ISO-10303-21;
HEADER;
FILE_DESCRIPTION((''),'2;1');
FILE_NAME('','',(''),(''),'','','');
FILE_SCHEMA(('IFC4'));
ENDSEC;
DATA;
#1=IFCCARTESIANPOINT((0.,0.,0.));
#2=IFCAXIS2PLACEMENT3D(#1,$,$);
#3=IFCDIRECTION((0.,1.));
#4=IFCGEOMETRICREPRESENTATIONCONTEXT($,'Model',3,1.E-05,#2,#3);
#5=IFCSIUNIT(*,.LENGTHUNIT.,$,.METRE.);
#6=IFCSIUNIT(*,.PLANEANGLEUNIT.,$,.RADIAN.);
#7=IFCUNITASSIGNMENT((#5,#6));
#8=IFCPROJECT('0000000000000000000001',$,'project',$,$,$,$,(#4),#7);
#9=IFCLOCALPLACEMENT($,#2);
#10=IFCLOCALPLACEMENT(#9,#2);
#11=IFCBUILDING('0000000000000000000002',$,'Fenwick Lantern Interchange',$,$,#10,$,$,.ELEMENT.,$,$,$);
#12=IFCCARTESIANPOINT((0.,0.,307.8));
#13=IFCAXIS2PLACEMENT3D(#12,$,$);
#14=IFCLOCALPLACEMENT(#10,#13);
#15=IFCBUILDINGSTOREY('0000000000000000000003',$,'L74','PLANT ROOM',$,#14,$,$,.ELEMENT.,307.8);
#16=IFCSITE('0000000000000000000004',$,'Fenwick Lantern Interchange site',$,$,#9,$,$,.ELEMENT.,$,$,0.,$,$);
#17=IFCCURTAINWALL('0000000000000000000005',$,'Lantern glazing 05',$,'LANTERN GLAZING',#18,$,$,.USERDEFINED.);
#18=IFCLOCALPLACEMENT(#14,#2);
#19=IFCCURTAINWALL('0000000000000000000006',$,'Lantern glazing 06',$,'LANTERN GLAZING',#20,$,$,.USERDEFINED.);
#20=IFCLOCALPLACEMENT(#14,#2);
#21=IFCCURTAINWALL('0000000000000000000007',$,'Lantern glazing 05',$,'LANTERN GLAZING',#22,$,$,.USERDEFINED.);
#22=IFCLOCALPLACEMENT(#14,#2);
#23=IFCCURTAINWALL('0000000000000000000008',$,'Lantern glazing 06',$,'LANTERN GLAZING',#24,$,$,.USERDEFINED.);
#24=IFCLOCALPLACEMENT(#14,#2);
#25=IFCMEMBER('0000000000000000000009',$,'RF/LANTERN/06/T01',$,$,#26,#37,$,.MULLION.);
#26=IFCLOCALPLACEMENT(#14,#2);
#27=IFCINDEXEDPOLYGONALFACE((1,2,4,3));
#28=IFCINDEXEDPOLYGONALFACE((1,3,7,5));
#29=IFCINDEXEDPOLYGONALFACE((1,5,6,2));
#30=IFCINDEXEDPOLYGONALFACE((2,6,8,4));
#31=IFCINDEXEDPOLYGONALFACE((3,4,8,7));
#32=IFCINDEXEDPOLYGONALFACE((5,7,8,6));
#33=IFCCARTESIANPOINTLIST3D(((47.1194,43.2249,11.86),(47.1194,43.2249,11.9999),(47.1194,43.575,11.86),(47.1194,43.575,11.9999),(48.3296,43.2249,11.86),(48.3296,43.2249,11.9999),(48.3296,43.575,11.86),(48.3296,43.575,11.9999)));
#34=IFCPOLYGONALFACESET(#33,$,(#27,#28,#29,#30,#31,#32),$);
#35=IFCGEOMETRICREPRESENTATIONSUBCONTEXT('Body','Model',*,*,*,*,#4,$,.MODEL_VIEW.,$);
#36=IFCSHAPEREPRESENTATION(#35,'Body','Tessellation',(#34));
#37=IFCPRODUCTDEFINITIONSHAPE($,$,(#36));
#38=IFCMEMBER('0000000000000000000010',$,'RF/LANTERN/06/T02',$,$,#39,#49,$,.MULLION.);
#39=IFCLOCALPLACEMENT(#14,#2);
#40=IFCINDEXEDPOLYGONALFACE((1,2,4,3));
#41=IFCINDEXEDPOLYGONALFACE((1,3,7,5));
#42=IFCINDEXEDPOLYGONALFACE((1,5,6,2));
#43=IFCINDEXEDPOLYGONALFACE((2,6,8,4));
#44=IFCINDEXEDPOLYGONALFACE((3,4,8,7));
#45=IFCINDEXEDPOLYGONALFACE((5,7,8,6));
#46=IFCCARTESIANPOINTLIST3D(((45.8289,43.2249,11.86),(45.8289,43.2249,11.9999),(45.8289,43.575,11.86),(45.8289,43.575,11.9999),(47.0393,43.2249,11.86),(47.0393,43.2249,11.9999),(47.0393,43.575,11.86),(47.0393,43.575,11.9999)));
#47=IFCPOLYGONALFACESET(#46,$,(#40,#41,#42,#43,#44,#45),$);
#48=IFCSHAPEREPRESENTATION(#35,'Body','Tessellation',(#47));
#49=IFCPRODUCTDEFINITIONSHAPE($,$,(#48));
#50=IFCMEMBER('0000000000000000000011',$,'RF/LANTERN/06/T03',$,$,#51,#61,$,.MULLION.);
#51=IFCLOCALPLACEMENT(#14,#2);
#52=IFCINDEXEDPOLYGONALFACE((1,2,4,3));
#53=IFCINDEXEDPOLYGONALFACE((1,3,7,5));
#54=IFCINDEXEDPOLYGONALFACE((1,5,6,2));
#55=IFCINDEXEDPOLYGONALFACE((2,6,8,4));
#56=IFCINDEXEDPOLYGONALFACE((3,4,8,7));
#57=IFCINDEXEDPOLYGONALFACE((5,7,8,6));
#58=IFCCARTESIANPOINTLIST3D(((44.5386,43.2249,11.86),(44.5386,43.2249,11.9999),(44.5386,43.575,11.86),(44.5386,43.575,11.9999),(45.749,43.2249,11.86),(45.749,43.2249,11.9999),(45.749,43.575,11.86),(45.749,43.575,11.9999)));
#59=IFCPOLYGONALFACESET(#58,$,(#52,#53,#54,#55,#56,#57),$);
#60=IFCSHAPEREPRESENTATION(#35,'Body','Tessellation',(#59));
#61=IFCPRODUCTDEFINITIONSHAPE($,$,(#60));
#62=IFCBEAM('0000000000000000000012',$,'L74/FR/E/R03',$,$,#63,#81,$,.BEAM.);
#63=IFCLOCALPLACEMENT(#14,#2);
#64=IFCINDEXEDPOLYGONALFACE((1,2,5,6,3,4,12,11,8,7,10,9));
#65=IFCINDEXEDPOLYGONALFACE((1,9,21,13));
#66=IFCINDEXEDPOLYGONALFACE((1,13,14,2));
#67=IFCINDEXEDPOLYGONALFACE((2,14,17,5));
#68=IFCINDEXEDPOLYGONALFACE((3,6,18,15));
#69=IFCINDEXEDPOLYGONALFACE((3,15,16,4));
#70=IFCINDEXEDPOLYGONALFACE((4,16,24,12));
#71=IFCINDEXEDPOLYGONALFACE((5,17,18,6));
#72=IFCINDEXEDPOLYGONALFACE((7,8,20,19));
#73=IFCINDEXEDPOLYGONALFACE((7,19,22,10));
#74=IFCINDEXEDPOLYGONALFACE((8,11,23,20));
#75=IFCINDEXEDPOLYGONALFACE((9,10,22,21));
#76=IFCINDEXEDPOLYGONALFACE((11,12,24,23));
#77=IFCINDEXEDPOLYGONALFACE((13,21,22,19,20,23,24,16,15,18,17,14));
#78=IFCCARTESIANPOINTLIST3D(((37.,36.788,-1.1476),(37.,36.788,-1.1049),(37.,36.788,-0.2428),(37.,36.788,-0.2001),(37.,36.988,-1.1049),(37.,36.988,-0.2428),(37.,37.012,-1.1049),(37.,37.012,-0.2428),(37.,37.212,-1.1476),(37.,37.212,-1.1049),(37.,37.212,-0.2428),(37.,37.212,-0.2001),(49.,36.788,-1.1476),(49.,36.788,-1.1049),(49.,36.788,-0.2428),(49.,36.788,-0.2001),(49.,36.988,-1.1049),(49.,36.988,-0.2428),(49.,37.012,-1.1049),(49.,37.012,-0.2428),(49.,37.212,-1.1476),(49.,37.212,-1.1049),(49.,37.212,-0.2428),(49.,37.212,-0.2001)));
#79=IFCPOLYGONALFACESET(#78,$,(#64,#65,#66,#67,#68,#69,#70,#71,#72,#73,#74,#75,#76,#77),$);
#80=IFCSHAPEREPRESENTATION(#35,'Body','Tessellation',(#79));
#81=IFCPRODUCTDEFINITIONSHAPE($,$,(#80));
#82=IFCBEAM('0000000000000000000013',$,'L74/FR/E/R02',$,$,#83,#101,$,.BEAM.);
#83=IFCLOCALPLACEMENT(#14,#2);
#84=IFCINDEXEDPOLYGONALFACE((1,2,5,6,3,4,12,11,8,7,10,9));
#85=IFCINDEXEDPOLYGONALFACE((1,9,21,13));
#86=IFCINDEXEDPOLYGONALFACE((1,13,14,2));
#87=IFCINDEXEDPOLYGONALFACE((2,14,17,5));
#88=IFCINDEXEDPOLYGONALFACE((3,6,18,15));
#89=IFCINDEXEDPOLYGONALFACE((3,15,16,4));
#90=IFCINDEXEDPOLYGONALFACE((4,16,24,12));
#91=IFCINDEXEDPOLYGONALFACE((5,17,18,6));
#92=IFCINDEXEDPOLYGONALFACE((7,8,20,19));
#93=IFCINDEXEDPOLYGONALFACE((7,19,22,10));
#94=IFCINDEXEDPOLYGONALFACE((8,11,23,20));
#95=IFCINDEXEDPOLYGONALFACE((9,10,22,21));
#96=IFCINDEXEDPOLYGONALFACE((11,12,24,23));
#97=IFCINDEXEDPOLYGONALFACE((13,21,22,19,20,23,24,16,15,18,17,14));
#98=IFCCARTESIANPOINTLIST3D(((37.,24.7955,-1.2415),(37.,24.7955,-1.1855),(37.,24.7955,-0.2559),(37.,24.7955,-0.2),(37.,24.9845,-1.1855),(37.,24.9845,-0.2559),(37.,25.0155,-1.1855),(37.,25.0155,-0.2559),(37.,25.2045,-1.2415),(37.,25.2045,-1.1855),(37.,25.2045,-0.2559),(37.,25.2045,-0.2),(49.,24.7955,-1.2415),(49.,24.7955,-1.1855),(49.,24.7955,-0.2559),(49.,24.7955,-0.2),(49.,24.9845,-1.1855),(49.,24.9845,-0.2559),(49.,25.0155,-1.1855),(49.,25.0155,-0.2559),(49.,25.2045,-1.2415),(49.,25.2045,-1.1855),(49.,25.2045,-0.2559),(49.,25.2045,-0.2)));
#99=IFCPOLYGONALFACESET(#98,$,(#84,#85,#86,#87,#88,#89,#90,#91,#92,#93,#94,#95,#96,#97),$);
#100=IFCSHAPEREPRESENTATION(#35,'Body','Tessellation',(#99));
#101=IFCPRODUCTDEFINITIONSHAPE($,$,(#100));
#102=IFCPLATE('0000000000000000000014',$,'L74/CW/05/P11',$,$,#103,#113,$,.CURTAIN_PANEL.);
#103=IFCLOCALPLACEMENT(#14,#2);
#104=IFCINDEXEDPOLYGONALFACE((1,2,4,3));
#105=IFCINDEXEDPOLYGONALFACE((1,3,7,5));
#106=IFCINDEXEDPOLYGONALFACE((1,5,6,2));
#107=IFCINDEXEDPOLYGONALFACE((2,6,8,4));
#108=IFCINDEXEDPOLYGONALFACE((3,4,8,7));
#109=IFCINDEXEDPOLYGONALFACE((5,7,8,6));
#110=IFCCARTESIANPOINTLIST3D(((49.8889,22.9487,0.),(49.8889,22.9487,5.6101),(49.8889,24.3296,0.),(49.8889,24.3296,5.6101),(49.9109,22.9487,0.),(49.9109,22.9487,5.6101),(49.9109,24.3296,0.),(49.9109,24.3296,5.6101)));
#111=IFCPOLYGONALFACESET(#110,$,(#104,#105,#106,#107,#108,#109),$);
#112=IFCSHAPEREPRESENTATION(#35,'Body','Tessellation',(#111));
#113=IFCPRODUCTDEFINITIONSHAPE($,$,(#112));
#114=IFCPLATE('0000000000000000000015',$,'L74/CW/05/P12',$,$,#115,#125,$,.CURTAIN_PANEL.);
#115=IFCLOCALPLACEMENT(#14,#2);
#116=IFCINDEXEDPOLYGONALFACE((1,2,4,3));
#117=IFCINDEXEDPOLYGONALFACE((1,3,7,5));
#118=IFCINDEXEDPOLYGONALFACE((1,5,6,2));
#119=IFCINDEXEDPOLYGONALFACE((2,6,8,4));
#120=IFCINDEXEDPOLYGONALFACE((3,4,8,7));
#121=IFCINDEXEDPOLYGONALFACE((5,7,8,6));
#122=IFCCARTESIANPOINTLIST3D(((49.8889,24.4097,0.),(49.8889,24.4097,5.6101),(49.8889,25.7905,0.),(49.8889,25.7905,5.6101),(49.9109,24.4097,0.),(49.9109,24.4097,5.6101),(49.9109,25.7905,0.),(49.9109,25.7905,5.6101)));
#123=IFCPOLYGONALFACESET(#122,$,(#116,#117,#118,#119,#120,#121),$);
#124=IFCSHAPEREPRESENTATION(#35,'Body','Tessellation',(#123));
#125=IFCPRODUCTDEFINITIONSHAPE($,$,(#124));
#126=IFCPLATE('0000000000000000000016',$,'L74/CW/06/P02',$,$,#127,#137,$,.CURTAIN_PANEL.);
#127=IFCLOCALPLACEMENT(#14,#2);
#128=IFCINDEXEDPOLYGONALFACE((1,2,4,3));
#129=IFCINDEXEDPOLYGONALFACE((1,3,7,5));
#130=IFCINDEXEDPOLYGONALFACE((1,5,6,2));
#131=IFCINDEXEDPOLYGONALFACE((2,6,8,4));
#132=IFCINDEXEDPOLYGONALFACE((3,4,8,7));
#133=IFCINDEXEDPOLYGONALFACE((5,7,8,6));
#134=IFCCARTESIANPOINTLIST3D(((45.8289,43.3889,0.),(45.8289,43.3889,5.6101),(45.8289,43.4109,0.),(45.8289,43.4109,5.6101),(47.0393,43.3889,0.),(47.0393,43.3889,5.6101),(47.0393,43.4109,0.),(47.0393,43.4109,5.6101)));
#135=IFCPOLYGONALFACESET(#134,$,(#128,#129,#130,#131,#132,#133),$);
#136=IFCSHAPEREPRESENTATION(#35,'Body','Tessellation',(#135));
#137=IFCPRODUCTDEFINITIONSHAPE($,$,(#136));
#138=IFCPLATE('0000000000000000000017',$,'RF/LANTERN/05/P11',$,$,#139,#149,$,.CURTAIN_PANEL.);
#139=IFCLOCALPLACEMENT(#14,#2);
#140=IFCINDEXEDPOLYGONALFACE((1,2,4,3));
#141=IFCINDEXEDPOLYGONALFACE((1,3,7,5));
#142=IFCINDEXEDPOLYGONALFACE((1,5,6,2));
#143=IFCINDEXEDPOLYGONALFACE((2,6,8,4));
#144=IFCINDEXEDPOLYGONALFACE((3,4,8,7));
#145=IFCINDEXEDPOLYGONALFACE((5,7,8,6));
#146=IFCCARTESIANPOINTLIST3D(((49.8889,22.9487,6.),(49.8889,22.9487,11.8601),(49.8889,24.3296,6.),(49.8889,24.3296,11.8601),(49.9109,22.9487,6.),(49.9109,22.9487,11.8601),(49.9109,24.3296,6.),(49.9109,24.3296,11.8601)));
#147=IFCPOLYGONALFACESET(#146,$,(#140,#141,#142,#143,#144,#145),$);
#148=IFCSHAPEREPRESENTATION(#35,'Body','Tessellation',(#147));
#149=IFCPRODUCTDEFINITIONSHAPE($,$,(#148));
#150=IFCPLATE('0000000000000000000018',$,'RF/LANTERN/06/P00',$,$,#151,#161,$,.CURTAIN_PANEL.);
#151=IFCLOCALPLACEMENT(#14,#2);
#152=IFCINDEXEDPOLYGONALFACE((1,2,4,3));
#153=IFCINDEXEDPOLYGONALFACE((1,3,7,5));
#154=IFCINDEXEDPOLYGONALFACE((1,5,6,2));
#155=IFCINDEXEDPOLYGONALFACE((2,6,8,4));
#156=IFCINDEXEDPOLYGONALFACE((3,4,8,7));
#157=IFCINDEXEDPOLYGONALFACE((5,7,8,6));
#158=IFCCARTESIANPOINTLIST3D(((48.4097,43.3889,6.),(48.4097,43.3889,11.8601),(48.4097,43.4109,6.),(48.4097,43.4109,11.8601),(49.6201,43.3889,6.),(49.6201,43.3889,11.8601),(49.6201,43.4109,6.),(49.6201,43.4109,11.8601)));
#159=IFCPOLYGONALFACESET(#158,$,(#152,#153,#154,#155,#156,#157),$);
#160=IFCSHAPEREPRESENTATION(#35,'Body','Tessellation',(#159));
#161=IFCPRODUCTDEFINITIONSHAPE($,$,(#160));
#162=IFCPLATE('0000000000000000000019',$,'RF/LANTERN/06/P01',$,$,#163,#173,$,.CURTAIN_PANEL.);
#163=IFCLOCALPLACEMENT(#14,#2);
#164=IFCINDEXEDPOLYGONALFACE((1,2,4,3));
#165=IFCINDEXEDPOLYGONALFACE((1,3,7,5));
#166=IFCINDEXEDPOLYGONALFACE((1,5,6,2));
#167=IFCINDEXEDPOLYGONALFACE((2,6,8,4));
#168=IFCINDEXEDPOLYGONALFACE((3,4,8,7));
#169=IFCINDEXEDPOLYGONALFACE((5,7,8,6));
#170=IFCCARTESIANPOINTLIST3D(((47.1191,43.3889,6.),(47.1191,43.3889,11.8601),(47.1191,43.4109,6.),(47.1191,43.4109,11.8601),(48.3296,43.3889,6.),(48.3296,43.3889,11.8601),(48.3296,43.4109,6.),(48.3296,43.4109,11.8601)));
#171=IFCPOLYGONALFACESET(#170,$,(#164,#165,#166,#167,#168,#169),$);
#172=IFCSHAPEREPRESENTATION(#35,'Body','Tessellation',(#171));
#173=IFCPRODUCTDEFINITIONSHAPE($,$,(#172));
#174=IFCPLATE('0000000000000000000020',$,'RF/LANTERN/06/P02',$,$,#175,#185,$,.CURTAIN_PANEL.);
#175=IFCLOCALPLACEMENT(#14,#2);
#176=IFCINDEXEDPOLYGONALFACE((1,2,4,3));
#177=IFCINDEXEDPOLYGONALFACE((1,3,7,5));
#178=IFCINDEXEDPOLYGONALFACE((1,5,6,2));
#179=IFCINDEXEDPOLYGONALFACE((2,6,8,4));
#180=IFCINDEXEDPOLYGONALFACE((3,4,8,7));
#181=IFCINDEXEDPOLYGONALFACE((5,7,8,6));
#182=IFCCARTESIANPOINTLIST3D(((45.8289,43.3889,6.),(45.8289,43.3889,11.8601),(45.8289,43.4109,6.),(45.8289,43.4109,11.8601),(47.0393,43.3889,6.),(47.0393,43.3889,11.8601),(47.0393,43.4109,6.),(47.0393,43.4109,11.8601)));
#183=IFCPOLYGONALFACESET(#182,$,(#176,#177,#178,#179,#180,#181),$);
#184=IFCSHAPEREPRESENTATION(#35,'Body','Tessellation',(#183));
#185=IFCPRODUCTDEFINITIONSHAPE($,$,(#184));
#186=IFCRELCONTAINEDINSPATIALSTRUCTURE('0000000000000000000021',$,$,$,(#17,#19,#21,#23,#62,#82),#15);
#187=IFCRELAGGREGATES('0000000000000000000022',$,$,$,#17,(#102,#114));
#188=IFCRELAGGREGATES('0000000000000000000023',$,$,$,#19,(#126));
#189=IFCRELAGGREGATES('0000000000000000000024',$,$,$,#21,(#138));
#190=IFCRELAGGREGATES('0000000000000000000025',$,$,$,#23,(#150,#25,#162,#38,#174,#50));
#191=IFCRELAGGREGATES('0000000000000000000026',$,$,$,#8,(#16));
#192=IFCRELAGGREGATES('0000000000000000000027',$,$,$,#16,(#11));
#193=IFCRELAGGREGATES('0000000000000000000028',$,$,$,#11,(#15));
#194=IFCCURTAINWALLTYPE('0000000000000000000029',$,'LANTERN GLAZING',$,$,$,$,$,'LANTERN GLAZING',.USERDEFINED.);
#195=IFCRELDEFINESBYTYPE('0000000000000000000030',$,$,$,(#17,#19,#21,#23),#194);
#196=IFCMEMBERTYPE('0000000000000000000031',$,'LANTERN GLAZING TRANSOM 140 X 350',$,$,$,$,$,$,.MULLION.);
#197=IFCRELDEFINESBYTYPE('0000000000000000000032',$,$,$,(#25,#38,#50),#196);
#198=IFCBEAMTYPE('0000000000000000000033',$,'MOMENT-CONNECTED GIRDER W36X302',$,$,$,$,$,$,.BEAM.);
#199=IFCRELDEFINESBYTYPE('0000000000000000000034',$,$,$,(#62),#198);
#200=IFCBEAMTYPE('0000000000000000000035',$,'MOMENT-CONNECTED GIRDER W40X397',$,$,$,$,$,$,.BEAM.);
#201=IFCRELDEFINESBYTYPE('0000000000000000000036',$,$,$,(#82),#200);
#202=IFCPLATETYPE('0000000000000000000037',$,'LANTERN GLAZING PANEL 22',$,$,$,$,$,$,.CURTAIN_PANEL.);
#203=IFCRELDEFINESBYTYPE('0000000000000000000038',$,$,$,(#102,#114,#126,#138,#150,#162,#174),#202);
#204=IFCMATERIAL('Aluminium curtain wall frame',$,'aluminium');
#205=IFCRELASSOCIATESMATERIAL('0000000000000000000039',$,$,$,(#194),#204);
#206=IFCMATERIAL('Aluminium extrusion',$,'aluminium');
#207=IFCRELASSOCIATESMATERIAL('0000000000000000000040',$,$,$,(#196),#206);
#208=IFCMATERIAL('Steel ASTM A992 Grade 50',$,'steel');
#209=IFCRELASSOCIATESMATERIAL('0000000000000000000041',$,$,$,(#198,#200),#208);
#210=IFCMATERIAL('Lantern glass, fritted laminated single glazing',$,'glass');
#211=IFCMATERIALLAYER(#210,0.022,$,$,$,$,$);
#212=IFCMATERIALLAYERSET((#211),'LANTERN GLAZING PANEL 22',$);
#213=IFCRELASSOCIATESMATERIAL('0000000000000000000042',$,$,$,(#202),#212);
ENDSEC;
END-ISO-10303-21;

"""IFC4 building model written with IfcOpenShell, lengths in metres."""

from ifc_helpers import new_model, si_unit, direction, frame, origin, origin_2d, place, context, subcontext, project, spatial, rectangle, i_section, extrude, material, layer, layer_set, material_profile, profile_set, type_object, element, aggregate, save


model = new_model("IFC4")

# Units and contexts
model_context = context("Model", 3, precision=1e-05, world=origin(), true_north=direction((0.0, 1.0)))
body_context = subcontext(model_context, "Body", "Model", "MODEL_VIEW")
ifc_project = project(units=[si_unit("LENGTHUNIT", "METRE"), si_unit("PLANEANGLEUNIT", "RADIAN")], contexts=[model_context])

# Site, building, storey
site_placement = place(None, origin())
site = spatial("IfcSite", under=ifc_project, at=site_placement, Name="Fenwick Lantern Interchange site", CompositionType="ELEMENT", RefElevation=0.0)
building_placement = place(site_placement, origin())
building = spatial("IfcBuilding", under=site, at=building_placement, Name="Fenwick Lantern Interchange", CompositionType="ELEMENT")
storey_placement = place(building_placement, frame((0.0, 0.0, 307.8)))
storey = spatial("IfcBuildingStorey", under=building, at=storey_placement, Name="L74", Description="PLANT ROOM", CompositionType="ELEMENT", Elevation=307.8)

# Shared definitions
ifc_material_1 = material(Name="Steel ASTM A992 Grade 50", Category="steel")

# Curtain wall
ifc_material_2 = material(Name="Aluminium curtain wall frame", Category="aluminium")
curtain_wall_type = type_object("IfcCurtainWallType", Name="LANTERN GLAZING", ElementType="LANTERN GLAZING", PredefinedType="USERDEFINED", material=ifc_material_2)
curtain_wall_1_placement = place(storey_placement, origin())
curtain_wall_1 = element("IfcCurtainWall", 1, at=curtain_wall_1_placement, inside=storey, type_object=curtain_wall_type, Name="Lantern glazing 05", ObjectType="LANTERN GLAZING", PredefinedType="USERDEFINED")
ifc_material_3 = material(Name="Aluminium extrusion", Category="aluminium")

# Curtain wall
curtain_wall_2_placement = place(storey_placement, origin())
curtain_wall_2 = element("IfcCurtainWall", 2, at=curtain_wall_2_placement, inside=storey, type_object=curtain_wall_type, Name="Lantern glazing 06", ObjectType="LANTERN GLAZING", PredefinedType="USERDEFINED")

# Curtain wall
curtain_wall_3_placement = place(storey_placement, origin())
curtain_wall_3 = element("IfcCurtainWall", 3, at=curtain_wall_3_placement, inside=storey, type_object=curtain_wall_type, Name="Lantern glazing 05", ObjectType="LANTERN GLAZING", PredefinedType="USERDEFINED")

# Curtain wall
curtain_wall_4_placement = place(storey_placement, origin())
curtain_wall_4 = element("IfcCurtainWall", 4, at=curtain_wall_4_placement, inside=storey, type_object=curtain_wall_type, Name="Lantern glazing 06", ObjectType="LANTERN GLAZING", PredefinedType="USERDEFINED")

# Members
ifc_material_profile_1 = material_profile(ifc_material_3, rectangle(XDim=0.3501, YDim=0.1399, at=origin_2d()), Name="LANTERN GLAZING TRANSOM 140 X 350")
ifc_profile_set_1 = profile_set([ifc_material_profile_1], Name="Aluminium extrusion")
member_type_1 = type_object("IfcMemberType", Name="LANTERN GLAZING TRANSOM 140 X 350", PredefinedType="MULLION", material=ifc_profile_set_1)
member_1_placement = place(storey_placement, frame((48.3296, 43.3999, 11.9299), z_axis=(-1.0, 0.0, 0.0), x_axis=(0.0, -1.0, 0.0)))
member_1 = element("IfcMember", 5, at=member_1_placement, type_object=member_type_1, Name="RF/LANTERN/06/T01", PredefinedType="MULLION", context=body_context, shape_type="SweptSolid", body=[
    extrude(rectangle(XDim=0.3501, YDim=0.1399, at=origin_2d()), origin(), (0.0, 0.0, 1.0), 1.2102),
])
member_2_placement = place(storey_placement, frame((47.0393, 43.3999, 11.9299), z_axis=(-1.0, 0.0, 0.0), x_axis=(0.0, -1.0, 0.0)))
member_2 = element("IfcMember", 6, at=member_2_placement, type_object=member_type_1, Name="RF/LANTERN/06/T02", PredefinedType="MULLION", context=body_context, shape_type="SweptSolid", body=[
    extrude(rectangle(XDim=0.3501, YDim=0.1399, at=origin_2d()), origin(), (0.0, 0.0, 1.0), 1.2104),
])
member_3_placement = place(storey_placement, frame((45.749, 43.3999, 11.9299), z_axis=(-1.0, 0.0, 0.0), x_axis=(0.0, -1.0, 0.0)))
member_3 = element("IfcMember", 7, at=member_3_placement, type_object=member_type_1, Name="RF/LANTERN/06/T03", PredefinedType="MULLION", context=body_context, shape_type="SweptSolid", body=[
    extrude(rectangle(XDim=0.3501, YDim=0.1399, at=origin_2d()), origin(), (0.0, 0.0, 1.0), 1.2104),
])

# Beams
ifc_material_profile_2 = material_profile(ifc_material_1, i_section(OverallWidth=0.4241, OverallDepth=0.9475, WebThickness=0.0239, FlangeThickness=0.0427, at=origin_2d()), Name="W36X302")
ifc_profile_set_2 = profile_set([ifc_material_profile_2], Name="Steel ASTM A992 Grade 50")
beam_type_1 = type_object("IfcBeamType", Name="MOMENT-CONNECTED GIRDER W36X302", PredefinedType="BEAM", material=ifc_profile_set_2)
beam_1_placement = place(storey_placement, frame((49.0, 37.0, -0.6738), z_axis=(-1.0, 0.0, 0.0), x_axis=(0.0, -1.0, 0.0)))
element("IfcBeam", 8, at=beam_1_placement, inside=storey, type_object=beam_type_1, Name="L74/FR/E/R03", PredefinedType="BEAM", context=body_context, shape_type="SweptSolid", body=[
    extrude(i_section(OverallWidth=0.4241, OverallDepth=0.9475, WebThickness=0.0239, FlangeThickness=0.0427, at=origin_2d()), origin(), (0.0, 0.0, 1.0), 12.0),
])
ifc_material_profile_3 = material_profile(ifc_material_1, i_section(OverallWidth=0.4089, OverallDepth=1.0415, WebThickness=0.031, FlangeThickness=0.0559, at=origin_2d()), Name="W40X397")
ifc_profile_set_3 = profile_set([ifc_material_profile_3], Name="Steel ASTM A992 Grade 50")
beam_type_2 = type_object("IfcBeamType", Name="MOMENT-CONNECTED GIRDER W40X397", PredefinedType="BEAM", material=ifc_profile_set_3)
beam_2_placement = place(storey_placement, frame((49.0, 25.0, -0.7207), z_axis=(-1.0, 0.0, 0.0), x_axis=(0.0, -1.0, 0.0)))
element("IfcBeam", 9, at=beam_2_placement, inside=storey, type_object=beam_type_2, Name="L74/FR/E/R02", PredefinedType="BEAM", context=body_context, shape_type="SweptSolid", body=[
    extrude(i_section(OverallWidth=0.4089, OverallDepth=1.0415, WebThickness=0.031, FlangeThickness=0.0559, at=origin_2d()), origin(), (0.0, 0.0, 1.0), 12.0),
])

# Plates
ifc_material_4 = material(Name="Lantern glass, fritted laminated single glazing", Category="glass")
ifc_layer = layer(ifc_material_4, 0.022)
ifc_layer_set = layer_set([ifc_layer], Name="LANTERN GLAZING PANEL 22")
plate_type = type_object("IfcPlateType", Name="LANTERN GLAZING PANEL 22", PredefinedType="CURTAIN_PANEL", material=ifc_layer_set)
plate_1_placement = place(storey_placement, frame((49.8999, 23.6392, 0.0), z_axis=(0.0, 0.0, 1.0), x_axis=(0.0, 1.0, 0.0)))
plate_1 = element("IfcPlate", 10, at=plate_1_placement, type_object=plate_type, Name="L74/CW/05/P11", PredefinedType="CURTAIN_PANEL", context=body_context, shape_type="SweptSolid", body=[
    extrude(rectangle(XDim=1.3809, YDim=0.022, at=origin_2d()), origin(), (0.0, 0.0, 1.0), 5.6101),
])
plate_2_placement = place(storey_placement, frame((49.8999, 25.1001, 0.0), z_axis=(0.0, 0.0, 1.0), x_axis=(0.0, 1.0, 0.0)))
plate_2 = element("IfcPlate", 11, at=plate_2_placement, type_object=plate_type, Name="L74/CW/05/P12", PredefinedType="CURTAIN_PANEL", context=body_context, shape_type="SweptSolid", body=[
    extrude(rectangle(XDim=1.3809, YDim=0.022, at=origin_2d()), origin(), (0.0, 0.0, 1.0), 5.6101),
])
aggregate(curtain_wall_1, [plate_1, plate_2])
plate_3_placement = place(storey_placement, frame((46.4341, 43.3999, 0.0), z_axis=(0.0, 0.0, 1.0), x_axis=(-1.0, 0.0, 0.0)))
plate_3 = element("IfcPlate", 12, at=plate_3_placement, type_object=plate_type, Name="L74/CW/06/P02", PredefinedType="CURTAIN_PANEL", context=body_context, shape_type="SweptSolid", body=[
    extrude(rectangle(XDim=1.2104, YDim=0.022, at=origin_2d()), origin(), (0.0, 0.0, 1.0), 5.6101),
])
aggregate(curtain_wall_2, [plate_3])
plate_4_placement = place(storey_placement, frame((49.8999, 23.6392, 6.0), z_axis=(0.0, 0.0, 1.0), x_axis=(0.0, 1.0, 0.0)))
plate_4 = element("IfcPlate", 13, at=plate_4_placement, type_object=plate_type, Name="RF/LANTERN/05/P11", PredefinedType="CURTAIN_PANEL", context=body_context, shape_type="SweptSolid", body=[
    extrude(rectangle(XDim=1.3809, YDim=0.022, at=origin_2d()), origin(), (0.0, 0.0, 1.0), 5.8601),
])
aggregate(curtain_wall_3, [plate_4])
plate_5_placement = place(storey_placement, frame((49.0149, 43.3999, 6.0), z_axis=(0.0, 0.0, 1.0), x_axis=(-1.0, 0.0, 0.0)))
plate_5 = element("IfcPlate", 14, at=plate_5_placement, type_object=plate_type, Name="RF/LANTERN/06/P00", PredefinedType="CURTAIN_PANEL", context=body_context, shape_type="SweptSolid", body=[
    extrude(rectangle(XDim=1.2104, YDim=0.022, at=origin_2d()), origin(), (0.0, 0.0, 1.0), 5.8601),
])
plate_6_placement = place(storey_placement, frame((47.7244, 43.3999, 6.0), z_axis=(0.0, 0.0, 1.0), x_axis=(-1.0, 0.0, 0.0)))
plate_6 = element("IfcPlate", 15, at=plate_6_placement, type_object=plate_type, Name="RF/LANTERN/06/P01", PredefinedType="CURTAIN_PANEL", context=body_context, shape_type="SweptSolid", body=[
    extrude(rectangle(XDim=1.2104, YDim=0.022, at=origin_2d()), origin(), (0.0, 0.0, 1.0), 5.8601),
])
plate_7_placement = place(storey_placement, frame((46.4341, 43.3999, 6.0), z_axis=(0.0, 0.0, 1.0), x_axis=(-1.0, 0.0, 0.0)))
plate_7 = element("IfcPlate", 16, at=plate_7_placement, type_object=plate_type, Name="RF/LANTERN/06/P02", PredefinedType="CURTAIN_PANEL", context=body_context, shape_type="SweptSolid", body=[
    extrude(rectangle(XDim=1.2104, YDim=0.022, at=origin_2d()), origin(), (0.0, 0.0, 1.0), 5.8601),
])
aggregate(curtain_wall_4, [plate_5, member_1, plate_6, member_2, plate_7, member_3])

save(model, "model.ifc")
